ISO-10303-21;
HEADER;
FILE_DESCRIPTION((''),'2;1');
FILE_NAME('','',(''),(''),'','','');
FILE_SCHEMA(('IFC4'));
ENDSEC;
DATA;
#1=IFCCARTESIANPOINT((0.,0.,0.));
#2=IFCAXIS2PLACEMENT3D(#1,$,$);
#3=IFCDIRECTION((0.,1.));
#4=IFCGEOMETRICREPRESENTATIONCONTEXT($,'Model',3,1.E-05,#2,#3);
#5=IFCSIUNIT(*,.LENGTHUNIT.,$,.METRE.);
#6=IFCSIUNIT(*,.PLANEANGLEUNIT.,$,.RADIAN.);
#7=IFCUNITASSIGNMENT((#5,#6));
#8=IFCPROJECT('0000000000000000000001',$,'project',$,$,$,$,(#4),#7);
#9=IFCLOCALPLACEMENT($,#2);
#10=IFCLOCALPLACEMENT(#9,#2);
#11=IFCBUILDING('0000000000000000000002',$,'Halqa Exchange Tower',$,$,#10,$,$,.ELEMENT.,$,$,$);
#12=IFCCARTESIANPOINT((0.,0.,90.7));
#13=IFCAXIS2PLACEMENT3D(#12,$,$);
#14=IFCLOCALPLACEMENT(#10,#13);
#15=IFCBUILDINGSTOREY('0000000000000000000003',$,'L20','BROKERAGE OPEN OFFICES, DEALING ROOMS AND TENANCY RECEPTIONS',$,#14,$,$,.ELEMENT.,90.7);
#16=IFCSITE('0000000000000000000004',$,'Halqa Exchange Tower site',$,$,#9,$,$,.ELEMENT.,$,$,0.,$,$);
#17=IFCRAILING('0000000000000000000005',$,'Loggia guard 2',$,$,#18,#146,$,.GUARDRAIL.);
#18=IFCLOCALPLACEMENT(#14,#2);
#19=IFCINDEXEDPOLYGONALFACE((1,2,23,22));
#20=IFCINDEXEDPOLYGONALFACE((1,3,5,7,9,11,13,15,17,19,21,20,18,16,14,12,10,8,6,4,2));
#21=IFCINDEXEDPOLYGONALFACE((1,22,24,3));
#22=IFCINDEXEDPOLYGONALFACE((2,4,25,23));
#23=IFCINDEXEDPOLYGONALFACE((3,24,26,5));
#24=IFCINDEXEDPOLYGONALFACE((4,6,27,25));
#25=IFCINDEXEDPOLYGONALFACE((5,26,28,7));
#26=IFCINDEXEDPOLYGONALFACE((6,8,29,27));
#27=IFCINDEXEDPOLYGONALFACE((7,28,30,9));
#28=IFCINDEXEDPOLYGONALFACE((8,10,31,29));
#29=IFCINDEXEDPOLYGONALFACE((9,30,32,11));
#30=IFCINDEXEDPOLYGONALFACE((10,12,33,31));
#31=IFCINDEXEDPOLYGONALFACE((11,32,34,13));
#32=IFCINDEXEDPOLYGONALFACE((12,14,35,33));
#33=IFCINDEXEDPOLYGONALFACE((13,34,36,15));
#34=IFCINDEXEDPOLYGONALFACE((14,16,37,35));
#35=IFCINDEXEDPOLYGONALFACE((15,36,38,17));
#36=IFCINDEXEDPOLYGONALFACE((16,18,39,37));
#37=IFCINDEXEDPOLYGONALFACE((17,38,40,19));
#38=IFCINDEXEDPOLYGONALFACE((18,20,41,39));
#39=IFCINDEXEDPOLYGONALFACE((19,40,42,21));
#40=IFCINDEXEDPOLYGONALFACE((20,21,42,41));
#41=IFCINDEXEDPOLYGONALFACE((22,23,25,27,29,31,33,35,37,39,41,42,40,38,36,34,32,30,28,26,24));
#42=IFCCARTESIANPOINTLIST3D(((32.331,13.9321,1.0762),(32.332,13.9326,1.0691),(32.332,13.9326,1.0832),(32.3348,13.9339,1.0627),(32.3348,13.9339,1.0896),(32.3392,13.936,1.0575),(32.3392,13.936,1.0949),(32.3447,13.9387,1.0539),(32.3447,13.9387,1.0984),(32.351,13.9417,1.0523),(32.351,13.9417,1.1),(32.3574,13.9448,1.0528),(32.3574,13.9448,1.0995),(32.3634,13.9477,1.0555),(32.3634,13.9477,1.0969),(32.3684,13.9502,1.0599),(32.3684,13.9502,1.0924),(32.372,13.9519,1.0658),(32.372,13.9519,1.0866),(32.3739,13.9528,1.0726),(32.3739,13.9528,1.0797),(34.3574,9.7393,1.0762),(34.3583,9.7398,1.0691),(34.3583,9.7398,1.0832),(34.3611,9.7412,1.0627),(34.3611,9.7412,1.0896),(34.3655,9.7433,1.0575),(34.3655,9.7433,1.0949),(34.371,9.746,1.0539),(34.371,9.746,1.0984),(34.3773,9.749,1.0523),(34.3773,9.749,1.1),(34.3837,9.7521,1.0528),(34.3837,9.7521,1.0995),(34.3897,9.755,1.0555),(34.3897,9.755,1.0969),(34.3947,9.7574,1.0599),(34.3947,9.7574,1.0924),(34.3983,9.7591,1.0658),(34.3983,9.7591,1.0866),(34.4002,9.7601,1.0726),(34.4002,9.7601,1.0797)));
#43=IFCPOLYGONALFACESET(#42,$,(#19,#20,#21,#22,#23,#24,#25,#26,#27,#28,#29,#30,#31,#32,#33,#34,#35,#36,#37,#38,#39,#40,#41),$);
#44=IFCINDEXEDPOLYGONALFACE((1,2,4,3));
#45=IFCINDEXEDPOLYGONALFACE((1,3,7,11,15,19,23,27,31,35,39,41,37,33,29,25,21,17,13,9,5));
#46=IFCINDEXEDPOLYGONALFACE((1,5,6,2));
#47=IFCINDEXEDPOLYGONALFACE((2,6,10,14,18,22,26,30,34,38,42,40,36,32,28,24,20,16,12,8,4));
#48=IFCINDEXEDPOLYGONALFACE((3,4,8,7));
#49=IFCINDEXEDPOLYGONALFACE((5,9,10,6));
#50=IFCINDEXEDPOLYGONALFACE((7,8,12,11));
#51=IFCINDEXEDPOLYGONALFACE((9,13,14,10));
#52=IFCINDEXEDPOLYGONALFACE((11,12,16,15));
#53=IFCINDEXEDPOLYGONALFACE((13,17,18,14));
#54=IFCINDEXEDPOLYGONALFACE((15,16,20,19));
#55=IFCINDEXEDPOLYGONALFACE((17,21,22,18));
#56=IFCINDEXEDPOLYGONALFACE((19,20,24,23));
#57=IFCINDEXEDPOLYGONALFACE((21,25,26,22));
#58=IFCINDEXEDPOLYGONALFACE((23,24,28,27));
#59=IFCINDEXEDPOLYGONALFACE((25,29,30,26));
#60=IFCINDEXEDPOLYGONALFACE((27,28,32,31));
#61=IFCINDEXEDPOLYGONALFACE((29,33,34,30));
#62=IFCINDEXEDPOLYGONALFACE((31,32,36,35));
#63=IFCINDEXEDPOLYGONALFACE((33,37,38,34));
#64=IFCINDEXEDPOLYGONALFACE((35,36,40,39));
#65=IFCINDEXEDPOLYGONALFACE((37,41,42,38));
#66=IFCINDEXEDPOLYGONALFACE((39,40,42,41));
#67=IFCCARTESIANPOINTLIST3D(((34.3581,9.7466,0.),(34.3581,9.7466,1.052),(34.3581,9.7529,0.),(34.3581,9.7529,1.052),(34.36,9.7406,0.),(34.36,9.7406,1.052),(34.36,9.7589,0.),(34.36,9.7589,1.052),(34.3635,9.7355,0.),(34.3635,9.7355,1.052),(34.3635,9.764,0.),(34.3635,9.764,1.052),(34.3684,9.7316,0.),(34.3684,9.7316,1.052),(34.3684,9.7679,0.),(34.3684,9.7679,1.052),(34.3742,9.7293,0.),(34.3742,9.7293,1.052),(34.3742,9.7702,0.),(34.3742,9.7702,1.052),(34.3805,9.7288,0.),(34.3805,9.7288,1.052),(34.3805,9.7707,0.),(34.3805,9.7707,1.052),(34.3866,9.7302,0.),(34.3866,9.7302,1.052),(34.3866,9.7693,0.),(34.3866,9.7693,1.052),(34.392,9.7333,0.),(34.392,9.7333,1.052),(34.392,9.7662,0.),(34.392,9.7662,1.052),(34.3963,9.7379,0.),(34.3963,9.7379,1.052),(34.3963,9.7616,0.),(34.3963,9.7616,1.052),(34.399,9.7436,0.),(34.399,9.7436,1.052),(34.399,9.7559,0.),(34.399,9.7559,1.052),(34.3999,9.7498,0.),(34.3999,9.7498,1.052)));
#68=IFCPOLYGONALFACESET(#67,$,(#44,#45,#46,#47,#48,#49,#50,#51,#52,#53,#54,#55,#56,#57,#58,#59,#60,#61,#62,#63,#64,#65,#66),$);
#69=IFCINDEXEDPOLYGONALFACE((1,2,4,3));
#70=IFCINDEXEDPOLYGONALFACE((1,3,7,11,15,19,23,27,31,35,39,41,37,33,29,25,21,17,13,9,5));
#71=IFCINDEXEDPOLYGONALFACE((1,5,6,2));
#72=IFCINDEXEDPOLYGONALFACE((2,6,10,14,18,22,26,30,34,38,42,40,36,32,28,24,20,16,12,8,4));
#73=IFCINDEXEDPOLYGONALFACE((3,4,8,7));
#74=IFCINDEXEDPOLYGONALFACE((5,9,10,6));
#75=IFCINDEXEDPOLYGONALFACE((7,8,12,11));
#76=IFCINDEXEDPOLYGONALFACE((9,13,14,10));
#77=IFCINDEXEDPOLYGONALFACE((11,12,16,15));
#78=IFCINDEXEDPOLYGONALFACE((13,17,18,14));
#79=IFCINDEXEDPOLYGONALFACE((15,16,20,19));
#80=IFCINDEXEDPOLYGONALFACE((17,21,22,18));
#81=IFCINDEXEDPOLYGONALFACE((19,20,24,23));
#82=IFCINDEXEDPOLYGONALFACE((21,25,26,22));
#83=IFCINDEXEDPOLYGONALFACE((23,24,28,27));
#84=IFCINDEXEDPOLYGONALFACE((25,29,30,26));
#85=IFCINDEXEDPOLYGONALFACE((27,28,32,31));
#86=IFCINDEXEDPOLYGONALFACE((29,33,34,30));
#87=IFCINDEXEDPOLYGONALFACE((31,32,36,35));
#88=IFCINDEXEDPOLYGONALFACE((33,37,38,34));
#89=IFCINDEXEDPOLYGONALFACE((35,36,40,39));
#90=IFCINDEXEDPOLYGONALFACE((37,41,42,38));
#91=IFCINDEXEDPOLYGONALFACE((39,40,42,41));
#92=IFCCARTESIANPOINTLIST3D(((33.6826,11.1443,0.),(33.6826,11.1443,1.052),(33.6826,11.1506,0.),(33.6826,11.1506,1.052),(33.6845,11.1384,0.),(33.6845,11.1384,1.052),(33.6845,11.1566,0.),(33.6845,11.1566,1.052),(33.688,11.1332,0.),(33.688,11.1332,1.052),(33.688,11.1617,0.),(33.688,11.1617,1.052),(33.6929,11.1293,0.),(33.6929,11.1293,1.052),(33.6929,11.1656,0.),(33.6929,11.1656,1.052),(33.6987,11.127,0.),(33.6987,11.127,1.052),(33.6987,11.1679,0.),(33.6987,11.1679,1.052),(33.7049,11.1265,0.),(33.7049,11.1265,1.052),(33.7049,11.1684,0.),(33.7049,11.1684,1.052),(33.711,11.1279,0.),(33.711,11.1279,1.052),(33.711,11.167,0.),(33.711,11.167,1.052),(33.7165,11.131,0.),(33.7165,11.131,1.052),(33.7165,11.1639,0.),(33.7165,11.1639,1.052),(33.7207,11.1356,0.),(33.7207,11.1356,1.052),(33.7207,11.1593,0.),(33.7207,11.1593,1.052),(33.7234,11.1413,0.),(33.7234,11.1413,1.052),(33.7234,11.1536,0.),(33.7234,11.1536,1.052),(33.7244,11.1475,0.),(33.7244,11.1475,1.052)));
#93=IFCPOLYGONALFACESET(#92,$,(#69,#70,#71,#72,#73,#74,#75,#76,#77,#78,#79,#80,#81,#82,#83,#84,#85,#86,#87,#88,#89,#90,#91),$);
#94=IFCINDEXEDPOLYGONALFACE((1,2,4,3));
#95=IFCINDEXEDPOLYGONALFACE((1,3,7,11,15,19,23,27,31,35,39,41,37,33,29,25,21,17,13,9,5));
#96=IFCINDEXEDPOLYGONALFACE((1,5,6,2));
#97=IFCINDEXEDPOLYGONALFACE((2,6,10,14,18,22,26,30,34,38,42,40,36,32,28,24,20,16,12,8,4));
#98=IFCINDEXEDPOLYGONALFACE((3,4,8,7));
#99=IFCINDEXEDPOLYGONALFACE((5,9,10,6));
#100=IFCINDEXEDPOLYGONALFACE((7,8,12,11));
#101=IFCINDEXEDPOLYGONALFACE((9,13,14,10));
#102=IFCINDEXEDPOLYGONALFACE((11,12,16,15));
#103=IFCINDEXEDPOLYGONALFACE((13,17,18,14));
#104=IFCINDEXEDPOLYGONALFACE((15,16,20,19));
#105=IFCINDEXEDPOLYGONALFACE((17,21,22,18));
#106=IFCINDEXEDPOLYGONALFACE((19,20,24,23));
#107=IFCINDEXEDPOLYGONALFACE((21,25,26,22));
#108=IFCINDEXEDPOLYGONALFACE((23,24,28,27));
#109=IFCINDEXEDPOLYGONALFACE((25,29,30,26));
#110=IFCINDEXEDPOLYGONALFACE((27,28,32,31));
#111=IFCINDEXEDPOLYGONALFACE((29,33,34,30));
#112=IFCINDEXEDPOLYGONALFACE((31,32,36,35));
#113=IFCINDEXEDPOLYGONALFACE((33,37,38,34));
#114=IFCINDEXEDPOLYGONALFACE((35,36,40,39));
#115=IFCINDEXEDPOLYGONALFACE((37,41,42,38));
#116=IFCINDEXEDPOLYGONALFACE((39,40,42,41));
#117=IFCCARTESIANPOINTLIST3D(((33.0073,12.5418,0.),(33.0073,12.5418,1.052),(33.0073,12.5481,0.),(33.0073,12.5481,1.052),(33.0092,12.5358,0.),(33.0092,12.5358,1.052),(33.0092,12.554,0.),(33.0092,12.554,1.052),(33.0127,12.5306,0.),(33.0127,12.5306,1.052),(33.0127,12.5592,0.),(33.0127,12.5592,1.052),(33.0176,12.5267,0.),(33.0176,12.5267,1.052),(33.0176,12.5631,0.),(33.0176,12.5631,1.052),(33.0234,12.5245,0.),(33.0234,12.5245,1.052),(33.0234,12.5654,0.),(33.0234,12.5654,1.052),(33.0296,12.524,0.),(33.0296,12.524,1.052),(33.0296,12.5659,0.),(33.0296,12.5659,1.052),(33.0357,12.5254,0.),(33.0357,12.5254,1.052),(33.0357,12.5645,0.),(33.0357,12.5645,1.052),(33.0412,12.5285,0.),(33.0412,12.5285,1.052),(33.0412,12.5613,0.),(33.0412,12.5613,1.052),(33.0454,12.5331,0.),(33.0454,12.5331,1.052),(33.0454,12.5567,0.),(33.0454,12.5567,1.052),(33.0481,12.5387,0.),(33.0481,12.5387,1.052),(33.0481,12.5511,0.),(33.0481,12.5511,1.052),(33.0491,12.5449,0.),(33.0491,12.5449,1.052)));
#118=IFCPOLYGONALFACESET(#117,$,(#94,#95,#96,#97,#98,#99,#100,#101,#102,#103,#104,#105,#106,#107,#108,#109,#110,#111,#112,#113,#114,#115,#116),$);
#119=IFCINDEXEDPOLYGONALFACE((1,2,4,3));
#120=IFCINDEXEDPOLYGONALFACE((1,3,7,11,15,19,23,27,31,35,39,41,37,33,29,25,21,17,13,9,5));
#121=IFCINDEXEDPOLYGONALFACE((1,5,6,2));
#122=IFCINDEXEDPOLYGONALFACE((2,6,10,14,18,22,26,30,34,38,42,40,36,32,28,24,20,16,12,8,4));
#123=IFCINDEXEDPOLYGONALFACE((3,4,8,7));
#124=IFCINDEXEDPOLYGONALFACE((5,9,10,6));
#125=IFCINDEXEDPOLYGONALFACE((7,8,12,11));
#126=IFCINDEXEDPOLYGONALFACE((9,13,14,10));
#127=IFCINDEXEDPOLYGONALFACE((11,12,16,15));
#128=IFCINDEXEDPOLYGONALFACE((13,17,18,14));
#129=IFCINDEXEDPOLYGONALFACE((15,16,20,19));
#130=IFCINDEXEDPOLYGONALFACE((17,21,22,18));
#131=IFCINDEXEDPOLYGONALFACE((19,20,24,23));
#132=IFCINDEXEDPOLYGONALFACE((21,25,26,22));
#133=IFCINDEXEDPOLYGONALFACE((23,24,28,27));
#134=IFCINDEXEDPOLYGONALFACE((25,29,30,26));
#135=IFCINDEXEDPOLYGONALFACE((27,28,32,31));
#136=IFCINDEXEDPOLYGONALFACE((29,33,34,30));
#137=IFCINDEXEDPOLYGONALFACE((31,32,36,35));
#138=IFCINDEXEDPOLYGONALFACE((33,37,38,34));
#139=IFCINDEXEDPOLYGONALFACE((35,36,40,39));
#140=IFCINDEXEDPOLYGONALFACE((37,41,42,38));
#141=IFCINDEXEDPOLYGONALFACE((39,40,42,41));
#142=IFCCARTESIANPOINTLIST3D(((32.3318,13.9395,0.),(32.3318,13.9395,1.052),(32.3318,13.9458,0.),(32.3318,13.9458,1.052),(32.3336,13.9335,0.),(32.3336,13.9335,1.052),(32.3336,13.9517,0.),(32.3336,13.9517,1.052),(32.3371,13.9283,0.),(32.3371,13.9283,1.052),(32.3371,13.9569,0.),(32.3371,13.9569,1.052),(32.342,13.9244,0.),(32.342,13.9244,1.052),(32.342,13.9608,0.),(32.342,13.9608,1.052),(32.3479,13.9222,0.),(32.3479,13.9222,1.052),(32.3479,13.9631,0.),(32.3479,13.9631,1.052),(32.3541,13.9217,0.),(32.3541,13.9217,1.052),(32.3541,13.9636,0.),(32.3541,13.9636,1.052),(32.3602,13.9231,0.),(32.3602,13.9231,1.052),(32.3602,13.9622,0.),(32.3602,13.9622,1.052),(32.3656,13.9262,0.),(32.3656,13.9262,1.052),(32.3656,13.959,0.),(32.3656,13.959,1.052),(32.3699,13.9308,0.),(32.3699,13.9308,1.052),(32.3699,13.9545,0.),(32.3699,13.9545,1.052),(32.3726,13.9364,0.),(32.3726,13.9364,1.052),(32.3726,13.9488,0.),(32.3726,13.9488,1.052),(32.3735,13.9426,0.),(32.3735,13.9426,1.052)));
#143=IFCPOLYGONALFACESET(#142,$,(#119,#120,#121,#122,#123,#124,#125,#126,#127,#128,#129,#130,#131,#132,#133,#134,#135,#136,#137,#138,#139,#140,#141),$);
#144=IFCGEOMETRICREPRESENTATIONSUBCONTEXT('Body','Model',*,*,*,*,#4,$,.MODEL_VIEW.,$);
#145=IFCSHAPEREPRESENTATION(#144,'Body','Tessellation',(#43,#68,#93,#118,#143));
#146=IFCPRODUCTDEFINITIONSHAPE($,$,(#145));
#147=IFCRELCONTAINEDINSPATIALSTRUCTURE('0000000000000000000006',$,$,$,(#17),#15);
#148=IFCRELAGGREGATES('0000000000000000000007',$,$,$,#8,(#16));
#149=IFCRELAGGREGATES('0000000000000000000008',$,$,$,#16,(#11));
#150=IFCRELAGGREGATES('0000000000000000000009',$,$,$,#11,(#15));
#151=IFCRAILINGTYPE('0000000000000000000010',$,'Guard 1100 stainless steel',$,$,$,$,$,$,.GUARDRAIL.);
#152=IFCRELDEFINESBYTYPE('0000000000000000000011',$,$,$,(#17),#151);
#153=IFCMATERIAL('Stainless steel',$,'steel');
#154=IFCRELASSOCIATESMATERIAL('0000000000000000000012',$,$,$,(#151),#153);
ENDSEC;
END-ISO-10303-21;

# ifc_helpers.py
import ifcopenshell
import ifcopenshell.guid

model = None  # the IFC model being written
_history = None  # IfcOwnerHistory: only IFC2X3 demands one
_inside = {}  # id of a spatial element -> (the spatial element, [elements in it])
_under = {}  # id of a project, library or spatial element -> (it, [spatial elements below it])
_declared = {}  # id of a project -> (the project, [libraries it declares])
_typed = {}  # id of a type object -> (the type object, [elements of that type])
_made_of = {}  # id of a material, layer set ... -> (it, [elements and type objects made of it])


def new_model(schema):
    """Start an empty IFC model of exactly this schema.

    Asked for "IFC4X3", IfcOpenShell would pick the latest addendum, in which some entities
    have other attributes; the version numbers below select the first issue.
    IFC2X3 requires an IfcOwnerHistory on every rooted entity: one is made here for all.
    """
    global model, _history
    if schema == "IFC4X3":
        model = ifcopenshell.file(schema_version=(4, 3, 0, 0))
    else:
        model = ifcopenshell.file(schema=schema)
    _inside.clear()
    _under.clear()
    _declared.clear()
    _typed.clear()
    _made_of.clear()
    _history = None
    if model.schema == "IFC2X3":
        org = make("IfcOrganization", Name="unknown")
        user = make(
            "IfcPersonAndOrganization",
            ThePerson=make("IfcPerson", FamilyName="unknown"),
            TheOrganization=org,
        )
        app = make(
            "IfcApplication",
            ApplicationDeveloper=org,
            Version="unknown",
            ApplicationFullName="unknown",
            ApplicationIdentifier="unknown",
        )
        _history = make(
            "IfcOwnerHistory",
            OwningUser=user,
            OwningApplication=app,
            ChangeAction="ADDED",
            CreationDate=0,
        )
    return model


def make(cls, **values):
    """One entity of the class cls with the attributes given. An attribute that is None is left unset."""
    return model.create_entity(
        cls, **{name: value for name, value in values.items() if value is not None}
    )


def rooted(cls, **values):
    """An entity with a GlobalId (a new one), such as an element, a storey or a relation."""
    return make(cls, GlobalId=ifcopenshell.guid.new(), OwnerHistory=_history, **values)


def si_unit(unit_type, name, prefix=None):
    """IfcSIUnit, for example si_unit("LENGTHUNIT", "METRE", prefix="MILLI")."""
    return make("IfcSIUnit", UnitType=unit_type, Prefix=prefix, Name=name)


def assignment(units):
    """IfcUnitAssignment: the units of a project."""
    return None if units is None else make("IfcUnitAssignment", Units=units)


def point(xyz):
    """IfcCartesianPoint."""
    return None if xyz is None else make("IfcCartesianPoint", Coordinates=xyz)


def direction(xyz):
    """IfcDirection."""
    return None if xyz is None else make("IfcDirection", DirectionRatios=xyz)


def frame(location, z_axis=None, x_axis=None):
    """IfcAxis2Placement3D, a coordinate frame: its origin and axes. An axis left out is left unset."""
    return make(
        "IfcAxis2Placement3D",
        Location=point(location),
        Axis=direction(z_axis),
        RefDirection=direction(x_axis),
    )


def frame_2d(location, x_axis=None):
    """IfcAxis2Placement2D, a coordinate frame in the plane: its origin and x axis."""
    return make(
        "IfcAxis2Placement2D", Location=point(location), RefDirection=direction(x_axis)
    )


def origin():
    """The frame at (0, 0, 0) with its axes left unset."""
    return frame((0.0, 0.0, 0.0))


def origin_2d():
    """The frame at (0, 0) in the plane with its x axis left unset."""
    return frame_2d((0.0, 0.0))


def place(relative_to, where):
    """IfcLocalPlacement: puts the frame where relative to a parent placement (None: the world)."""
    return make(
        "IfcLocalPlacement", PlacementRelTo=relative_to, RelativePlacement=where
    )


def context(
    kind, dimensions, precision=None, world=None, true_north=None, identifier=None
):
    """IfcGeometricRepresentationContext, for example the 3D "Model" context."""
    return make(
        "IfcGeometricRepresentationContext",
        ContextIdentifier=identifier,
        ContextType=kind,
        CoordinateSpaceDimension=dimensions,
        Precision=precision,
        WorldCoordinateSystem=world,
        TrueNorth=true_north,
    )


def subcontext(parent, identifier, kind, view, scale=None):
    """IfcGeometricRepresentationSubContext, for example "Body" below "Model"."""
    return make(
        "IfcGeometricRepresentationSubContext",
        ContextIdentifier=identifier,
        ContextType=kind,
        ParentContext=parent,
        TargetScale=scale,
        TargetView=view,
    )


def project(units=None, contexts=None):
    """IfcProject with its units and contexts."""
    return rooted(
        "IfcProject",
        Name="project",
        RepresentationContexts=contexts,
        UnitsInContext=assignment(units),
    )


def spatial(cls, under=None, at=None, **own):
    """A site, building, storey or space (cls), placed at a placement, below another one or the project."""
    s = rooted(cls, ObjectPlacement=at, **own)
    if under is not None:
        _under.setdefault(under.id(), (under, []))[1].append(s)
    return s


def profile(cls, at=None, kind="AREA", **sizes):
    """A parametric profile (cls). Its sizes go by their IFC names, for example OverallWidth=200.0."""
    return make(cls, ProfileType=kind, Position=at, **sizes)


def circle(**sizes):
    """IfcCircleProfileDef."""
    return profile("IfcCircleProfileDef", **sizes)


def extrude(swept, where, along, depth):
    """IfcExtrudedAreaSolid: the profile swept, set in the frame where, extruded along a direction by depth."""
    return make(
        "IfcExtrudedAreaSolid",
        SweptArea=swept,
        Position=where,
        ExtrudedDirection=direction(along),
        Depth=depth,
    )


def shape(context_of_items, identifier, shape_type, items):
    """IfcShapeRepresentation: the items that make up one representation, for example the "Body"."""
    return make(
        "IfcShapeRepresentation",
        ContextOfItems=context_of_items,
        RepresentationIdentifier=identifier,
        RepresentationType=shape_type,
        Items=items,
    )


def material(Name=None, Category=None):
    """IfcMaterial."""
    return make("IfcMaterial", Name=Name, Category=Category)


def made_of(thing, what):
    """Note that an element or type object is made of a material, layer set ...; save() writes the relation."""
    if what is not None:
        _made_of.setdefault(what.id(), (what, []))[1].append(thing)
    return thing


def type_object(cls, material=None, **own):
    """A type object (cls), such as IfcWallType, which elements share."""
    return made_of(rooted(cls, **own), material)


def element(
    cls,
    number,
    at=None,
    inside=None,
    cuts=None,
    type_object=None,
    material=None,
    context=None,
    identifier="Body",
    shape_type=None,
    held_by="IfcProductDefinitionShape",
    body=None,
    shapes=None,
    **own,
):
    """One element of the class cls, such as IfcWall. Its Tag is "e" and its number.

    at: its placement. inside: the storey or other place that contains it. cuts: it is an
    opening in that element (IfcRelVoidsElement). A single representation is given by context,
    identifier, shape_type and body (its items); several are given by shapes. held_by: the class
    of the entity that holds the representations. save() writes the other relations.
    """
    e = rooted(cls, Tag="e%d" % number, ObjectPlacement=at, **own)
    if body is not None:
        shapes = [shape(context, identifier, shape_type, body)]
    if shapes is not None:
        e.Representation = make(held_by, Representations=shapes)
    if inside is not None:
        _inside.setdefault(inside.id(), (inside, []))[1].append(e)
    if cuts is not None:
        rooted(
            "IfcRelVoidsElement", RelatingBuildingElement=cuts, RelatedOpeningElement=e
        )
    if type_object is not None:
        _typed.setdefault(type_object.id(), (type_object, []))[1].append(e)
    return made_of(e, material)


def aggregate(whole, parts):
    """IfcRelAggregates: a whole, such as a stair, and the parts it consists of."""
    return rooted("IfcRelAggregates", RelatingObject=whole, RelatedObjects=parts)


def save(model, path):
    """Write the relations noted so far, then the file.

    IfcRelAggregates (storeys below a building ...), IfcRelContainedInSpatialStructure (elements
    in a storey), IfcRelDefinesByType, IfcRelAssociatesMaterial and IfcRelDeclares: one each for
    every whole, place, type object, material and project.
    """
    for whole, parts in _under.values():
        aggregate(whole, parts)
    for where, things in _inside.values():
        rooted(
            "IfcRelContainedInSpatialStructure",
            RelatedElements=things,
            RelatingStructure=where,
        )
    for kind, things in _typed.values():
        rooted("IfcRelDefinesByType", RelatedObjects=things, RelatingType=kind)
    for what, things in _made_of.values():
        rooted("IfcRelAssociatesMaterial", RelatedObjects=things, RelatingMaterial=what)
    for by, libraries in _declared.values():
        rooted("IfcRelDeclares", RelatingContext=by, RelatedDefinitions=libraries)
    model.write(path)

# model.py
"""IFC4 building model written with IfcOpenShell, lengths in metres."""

from ifc_helpers import new_model, si_unit, direction, frame, origin, origin_2d, place, context, subcontext, project, spatial, circle, extrude, material, type_object, element, save


model = new_model("IFC4")

# Units and contexts
model_context = context("Model", 3, precision=1e-05, world=origin(), true_north=direction((0.0, 1.0)))
body_context = subcontext(model_context, "Body", "Model", "MODEL_VIEW")
ifc_project = project(units=[si_unit("LENGTHUNIT", "METRE"), si_unit("PLANEANGLEUNIT", "RADIAN")], contexts=[model_context])

# Site, building, storey
site_placement = place(None, origin())
site = spatial("IfcSite", under=ifc_project, at=site_placement, Name="Halqa Exchange Tower site", CompositionType="ELEMENT", RefElevation=0.0)
building_placement = place(site_placement, origin())
building = spatial("IfcBuilding", under=site, at=building_placement, Name="Halqa Exchange Tower", CompositionType="ELEMENT")
storey_placement = place(building_placement, frame((0.0, 0.0, 90.7)))
storey = spatial("IfcBuildingStorey", under=building, at=storey_placement, Name="L20", Description="BROKERAGE OPEN OFFICES, DEALING ROOMS AND TENANCY RECEPTIONS", CompositionType="ELEMENT", Elevation=90.7)

# Railing
ifc_material_1 = material(Name="Stainless steel", Category="steel")
railing_type = type_object("IfcRailingType", Name="Guard 1100 stainless steel", PredefinedType="GUARDRAIL", material=ifc_material_1)
railing_1_placement = place(storey_placement, frame((34.3789, 9.7498, 0.0)))
element("IfcRailing", 1, at=railing_1_placement, inside=storey, type_object=railing_type, Name="Loggia guard 2", PredefinedType="GUARDRAIL", context=body_context, shape_type="SweptSolid", body=[
    extrude(circle(Radius=0.0239, at=origin_2d()), frame((0.0, 0.0, 1.0762), z_axis=(-0.435136, 0.900365, 0.0), x_axis=(-0.900365, -0.435136, 0.0)), (0.0, 0.0, 1.0), 4.6567),
    extrude(circle(Radius=0.021, at=origin_2d()), origin(), (0.0, 0.0, 1.0), 1.052),
    extrude(circle(Radius=0.021, at=origin_2d()), frame((-0.6755, 1.3977, 0.0)), (0.0, 0.0, 1.0), 1.052),
    extrude(circle(Radius=0.021, at=origin_2d()), frame((-1.3508, 2.7952, 0.0)), (0.0, 0.0, 1.0), 1.052),
    extrude(circle(Radius=0.021, at=origin_2d()), frame((-2.0264, 4.1929, 0.0)), (0.0, 0.0, 1.0), 1.052),
])

save(model, "model.ifc")
